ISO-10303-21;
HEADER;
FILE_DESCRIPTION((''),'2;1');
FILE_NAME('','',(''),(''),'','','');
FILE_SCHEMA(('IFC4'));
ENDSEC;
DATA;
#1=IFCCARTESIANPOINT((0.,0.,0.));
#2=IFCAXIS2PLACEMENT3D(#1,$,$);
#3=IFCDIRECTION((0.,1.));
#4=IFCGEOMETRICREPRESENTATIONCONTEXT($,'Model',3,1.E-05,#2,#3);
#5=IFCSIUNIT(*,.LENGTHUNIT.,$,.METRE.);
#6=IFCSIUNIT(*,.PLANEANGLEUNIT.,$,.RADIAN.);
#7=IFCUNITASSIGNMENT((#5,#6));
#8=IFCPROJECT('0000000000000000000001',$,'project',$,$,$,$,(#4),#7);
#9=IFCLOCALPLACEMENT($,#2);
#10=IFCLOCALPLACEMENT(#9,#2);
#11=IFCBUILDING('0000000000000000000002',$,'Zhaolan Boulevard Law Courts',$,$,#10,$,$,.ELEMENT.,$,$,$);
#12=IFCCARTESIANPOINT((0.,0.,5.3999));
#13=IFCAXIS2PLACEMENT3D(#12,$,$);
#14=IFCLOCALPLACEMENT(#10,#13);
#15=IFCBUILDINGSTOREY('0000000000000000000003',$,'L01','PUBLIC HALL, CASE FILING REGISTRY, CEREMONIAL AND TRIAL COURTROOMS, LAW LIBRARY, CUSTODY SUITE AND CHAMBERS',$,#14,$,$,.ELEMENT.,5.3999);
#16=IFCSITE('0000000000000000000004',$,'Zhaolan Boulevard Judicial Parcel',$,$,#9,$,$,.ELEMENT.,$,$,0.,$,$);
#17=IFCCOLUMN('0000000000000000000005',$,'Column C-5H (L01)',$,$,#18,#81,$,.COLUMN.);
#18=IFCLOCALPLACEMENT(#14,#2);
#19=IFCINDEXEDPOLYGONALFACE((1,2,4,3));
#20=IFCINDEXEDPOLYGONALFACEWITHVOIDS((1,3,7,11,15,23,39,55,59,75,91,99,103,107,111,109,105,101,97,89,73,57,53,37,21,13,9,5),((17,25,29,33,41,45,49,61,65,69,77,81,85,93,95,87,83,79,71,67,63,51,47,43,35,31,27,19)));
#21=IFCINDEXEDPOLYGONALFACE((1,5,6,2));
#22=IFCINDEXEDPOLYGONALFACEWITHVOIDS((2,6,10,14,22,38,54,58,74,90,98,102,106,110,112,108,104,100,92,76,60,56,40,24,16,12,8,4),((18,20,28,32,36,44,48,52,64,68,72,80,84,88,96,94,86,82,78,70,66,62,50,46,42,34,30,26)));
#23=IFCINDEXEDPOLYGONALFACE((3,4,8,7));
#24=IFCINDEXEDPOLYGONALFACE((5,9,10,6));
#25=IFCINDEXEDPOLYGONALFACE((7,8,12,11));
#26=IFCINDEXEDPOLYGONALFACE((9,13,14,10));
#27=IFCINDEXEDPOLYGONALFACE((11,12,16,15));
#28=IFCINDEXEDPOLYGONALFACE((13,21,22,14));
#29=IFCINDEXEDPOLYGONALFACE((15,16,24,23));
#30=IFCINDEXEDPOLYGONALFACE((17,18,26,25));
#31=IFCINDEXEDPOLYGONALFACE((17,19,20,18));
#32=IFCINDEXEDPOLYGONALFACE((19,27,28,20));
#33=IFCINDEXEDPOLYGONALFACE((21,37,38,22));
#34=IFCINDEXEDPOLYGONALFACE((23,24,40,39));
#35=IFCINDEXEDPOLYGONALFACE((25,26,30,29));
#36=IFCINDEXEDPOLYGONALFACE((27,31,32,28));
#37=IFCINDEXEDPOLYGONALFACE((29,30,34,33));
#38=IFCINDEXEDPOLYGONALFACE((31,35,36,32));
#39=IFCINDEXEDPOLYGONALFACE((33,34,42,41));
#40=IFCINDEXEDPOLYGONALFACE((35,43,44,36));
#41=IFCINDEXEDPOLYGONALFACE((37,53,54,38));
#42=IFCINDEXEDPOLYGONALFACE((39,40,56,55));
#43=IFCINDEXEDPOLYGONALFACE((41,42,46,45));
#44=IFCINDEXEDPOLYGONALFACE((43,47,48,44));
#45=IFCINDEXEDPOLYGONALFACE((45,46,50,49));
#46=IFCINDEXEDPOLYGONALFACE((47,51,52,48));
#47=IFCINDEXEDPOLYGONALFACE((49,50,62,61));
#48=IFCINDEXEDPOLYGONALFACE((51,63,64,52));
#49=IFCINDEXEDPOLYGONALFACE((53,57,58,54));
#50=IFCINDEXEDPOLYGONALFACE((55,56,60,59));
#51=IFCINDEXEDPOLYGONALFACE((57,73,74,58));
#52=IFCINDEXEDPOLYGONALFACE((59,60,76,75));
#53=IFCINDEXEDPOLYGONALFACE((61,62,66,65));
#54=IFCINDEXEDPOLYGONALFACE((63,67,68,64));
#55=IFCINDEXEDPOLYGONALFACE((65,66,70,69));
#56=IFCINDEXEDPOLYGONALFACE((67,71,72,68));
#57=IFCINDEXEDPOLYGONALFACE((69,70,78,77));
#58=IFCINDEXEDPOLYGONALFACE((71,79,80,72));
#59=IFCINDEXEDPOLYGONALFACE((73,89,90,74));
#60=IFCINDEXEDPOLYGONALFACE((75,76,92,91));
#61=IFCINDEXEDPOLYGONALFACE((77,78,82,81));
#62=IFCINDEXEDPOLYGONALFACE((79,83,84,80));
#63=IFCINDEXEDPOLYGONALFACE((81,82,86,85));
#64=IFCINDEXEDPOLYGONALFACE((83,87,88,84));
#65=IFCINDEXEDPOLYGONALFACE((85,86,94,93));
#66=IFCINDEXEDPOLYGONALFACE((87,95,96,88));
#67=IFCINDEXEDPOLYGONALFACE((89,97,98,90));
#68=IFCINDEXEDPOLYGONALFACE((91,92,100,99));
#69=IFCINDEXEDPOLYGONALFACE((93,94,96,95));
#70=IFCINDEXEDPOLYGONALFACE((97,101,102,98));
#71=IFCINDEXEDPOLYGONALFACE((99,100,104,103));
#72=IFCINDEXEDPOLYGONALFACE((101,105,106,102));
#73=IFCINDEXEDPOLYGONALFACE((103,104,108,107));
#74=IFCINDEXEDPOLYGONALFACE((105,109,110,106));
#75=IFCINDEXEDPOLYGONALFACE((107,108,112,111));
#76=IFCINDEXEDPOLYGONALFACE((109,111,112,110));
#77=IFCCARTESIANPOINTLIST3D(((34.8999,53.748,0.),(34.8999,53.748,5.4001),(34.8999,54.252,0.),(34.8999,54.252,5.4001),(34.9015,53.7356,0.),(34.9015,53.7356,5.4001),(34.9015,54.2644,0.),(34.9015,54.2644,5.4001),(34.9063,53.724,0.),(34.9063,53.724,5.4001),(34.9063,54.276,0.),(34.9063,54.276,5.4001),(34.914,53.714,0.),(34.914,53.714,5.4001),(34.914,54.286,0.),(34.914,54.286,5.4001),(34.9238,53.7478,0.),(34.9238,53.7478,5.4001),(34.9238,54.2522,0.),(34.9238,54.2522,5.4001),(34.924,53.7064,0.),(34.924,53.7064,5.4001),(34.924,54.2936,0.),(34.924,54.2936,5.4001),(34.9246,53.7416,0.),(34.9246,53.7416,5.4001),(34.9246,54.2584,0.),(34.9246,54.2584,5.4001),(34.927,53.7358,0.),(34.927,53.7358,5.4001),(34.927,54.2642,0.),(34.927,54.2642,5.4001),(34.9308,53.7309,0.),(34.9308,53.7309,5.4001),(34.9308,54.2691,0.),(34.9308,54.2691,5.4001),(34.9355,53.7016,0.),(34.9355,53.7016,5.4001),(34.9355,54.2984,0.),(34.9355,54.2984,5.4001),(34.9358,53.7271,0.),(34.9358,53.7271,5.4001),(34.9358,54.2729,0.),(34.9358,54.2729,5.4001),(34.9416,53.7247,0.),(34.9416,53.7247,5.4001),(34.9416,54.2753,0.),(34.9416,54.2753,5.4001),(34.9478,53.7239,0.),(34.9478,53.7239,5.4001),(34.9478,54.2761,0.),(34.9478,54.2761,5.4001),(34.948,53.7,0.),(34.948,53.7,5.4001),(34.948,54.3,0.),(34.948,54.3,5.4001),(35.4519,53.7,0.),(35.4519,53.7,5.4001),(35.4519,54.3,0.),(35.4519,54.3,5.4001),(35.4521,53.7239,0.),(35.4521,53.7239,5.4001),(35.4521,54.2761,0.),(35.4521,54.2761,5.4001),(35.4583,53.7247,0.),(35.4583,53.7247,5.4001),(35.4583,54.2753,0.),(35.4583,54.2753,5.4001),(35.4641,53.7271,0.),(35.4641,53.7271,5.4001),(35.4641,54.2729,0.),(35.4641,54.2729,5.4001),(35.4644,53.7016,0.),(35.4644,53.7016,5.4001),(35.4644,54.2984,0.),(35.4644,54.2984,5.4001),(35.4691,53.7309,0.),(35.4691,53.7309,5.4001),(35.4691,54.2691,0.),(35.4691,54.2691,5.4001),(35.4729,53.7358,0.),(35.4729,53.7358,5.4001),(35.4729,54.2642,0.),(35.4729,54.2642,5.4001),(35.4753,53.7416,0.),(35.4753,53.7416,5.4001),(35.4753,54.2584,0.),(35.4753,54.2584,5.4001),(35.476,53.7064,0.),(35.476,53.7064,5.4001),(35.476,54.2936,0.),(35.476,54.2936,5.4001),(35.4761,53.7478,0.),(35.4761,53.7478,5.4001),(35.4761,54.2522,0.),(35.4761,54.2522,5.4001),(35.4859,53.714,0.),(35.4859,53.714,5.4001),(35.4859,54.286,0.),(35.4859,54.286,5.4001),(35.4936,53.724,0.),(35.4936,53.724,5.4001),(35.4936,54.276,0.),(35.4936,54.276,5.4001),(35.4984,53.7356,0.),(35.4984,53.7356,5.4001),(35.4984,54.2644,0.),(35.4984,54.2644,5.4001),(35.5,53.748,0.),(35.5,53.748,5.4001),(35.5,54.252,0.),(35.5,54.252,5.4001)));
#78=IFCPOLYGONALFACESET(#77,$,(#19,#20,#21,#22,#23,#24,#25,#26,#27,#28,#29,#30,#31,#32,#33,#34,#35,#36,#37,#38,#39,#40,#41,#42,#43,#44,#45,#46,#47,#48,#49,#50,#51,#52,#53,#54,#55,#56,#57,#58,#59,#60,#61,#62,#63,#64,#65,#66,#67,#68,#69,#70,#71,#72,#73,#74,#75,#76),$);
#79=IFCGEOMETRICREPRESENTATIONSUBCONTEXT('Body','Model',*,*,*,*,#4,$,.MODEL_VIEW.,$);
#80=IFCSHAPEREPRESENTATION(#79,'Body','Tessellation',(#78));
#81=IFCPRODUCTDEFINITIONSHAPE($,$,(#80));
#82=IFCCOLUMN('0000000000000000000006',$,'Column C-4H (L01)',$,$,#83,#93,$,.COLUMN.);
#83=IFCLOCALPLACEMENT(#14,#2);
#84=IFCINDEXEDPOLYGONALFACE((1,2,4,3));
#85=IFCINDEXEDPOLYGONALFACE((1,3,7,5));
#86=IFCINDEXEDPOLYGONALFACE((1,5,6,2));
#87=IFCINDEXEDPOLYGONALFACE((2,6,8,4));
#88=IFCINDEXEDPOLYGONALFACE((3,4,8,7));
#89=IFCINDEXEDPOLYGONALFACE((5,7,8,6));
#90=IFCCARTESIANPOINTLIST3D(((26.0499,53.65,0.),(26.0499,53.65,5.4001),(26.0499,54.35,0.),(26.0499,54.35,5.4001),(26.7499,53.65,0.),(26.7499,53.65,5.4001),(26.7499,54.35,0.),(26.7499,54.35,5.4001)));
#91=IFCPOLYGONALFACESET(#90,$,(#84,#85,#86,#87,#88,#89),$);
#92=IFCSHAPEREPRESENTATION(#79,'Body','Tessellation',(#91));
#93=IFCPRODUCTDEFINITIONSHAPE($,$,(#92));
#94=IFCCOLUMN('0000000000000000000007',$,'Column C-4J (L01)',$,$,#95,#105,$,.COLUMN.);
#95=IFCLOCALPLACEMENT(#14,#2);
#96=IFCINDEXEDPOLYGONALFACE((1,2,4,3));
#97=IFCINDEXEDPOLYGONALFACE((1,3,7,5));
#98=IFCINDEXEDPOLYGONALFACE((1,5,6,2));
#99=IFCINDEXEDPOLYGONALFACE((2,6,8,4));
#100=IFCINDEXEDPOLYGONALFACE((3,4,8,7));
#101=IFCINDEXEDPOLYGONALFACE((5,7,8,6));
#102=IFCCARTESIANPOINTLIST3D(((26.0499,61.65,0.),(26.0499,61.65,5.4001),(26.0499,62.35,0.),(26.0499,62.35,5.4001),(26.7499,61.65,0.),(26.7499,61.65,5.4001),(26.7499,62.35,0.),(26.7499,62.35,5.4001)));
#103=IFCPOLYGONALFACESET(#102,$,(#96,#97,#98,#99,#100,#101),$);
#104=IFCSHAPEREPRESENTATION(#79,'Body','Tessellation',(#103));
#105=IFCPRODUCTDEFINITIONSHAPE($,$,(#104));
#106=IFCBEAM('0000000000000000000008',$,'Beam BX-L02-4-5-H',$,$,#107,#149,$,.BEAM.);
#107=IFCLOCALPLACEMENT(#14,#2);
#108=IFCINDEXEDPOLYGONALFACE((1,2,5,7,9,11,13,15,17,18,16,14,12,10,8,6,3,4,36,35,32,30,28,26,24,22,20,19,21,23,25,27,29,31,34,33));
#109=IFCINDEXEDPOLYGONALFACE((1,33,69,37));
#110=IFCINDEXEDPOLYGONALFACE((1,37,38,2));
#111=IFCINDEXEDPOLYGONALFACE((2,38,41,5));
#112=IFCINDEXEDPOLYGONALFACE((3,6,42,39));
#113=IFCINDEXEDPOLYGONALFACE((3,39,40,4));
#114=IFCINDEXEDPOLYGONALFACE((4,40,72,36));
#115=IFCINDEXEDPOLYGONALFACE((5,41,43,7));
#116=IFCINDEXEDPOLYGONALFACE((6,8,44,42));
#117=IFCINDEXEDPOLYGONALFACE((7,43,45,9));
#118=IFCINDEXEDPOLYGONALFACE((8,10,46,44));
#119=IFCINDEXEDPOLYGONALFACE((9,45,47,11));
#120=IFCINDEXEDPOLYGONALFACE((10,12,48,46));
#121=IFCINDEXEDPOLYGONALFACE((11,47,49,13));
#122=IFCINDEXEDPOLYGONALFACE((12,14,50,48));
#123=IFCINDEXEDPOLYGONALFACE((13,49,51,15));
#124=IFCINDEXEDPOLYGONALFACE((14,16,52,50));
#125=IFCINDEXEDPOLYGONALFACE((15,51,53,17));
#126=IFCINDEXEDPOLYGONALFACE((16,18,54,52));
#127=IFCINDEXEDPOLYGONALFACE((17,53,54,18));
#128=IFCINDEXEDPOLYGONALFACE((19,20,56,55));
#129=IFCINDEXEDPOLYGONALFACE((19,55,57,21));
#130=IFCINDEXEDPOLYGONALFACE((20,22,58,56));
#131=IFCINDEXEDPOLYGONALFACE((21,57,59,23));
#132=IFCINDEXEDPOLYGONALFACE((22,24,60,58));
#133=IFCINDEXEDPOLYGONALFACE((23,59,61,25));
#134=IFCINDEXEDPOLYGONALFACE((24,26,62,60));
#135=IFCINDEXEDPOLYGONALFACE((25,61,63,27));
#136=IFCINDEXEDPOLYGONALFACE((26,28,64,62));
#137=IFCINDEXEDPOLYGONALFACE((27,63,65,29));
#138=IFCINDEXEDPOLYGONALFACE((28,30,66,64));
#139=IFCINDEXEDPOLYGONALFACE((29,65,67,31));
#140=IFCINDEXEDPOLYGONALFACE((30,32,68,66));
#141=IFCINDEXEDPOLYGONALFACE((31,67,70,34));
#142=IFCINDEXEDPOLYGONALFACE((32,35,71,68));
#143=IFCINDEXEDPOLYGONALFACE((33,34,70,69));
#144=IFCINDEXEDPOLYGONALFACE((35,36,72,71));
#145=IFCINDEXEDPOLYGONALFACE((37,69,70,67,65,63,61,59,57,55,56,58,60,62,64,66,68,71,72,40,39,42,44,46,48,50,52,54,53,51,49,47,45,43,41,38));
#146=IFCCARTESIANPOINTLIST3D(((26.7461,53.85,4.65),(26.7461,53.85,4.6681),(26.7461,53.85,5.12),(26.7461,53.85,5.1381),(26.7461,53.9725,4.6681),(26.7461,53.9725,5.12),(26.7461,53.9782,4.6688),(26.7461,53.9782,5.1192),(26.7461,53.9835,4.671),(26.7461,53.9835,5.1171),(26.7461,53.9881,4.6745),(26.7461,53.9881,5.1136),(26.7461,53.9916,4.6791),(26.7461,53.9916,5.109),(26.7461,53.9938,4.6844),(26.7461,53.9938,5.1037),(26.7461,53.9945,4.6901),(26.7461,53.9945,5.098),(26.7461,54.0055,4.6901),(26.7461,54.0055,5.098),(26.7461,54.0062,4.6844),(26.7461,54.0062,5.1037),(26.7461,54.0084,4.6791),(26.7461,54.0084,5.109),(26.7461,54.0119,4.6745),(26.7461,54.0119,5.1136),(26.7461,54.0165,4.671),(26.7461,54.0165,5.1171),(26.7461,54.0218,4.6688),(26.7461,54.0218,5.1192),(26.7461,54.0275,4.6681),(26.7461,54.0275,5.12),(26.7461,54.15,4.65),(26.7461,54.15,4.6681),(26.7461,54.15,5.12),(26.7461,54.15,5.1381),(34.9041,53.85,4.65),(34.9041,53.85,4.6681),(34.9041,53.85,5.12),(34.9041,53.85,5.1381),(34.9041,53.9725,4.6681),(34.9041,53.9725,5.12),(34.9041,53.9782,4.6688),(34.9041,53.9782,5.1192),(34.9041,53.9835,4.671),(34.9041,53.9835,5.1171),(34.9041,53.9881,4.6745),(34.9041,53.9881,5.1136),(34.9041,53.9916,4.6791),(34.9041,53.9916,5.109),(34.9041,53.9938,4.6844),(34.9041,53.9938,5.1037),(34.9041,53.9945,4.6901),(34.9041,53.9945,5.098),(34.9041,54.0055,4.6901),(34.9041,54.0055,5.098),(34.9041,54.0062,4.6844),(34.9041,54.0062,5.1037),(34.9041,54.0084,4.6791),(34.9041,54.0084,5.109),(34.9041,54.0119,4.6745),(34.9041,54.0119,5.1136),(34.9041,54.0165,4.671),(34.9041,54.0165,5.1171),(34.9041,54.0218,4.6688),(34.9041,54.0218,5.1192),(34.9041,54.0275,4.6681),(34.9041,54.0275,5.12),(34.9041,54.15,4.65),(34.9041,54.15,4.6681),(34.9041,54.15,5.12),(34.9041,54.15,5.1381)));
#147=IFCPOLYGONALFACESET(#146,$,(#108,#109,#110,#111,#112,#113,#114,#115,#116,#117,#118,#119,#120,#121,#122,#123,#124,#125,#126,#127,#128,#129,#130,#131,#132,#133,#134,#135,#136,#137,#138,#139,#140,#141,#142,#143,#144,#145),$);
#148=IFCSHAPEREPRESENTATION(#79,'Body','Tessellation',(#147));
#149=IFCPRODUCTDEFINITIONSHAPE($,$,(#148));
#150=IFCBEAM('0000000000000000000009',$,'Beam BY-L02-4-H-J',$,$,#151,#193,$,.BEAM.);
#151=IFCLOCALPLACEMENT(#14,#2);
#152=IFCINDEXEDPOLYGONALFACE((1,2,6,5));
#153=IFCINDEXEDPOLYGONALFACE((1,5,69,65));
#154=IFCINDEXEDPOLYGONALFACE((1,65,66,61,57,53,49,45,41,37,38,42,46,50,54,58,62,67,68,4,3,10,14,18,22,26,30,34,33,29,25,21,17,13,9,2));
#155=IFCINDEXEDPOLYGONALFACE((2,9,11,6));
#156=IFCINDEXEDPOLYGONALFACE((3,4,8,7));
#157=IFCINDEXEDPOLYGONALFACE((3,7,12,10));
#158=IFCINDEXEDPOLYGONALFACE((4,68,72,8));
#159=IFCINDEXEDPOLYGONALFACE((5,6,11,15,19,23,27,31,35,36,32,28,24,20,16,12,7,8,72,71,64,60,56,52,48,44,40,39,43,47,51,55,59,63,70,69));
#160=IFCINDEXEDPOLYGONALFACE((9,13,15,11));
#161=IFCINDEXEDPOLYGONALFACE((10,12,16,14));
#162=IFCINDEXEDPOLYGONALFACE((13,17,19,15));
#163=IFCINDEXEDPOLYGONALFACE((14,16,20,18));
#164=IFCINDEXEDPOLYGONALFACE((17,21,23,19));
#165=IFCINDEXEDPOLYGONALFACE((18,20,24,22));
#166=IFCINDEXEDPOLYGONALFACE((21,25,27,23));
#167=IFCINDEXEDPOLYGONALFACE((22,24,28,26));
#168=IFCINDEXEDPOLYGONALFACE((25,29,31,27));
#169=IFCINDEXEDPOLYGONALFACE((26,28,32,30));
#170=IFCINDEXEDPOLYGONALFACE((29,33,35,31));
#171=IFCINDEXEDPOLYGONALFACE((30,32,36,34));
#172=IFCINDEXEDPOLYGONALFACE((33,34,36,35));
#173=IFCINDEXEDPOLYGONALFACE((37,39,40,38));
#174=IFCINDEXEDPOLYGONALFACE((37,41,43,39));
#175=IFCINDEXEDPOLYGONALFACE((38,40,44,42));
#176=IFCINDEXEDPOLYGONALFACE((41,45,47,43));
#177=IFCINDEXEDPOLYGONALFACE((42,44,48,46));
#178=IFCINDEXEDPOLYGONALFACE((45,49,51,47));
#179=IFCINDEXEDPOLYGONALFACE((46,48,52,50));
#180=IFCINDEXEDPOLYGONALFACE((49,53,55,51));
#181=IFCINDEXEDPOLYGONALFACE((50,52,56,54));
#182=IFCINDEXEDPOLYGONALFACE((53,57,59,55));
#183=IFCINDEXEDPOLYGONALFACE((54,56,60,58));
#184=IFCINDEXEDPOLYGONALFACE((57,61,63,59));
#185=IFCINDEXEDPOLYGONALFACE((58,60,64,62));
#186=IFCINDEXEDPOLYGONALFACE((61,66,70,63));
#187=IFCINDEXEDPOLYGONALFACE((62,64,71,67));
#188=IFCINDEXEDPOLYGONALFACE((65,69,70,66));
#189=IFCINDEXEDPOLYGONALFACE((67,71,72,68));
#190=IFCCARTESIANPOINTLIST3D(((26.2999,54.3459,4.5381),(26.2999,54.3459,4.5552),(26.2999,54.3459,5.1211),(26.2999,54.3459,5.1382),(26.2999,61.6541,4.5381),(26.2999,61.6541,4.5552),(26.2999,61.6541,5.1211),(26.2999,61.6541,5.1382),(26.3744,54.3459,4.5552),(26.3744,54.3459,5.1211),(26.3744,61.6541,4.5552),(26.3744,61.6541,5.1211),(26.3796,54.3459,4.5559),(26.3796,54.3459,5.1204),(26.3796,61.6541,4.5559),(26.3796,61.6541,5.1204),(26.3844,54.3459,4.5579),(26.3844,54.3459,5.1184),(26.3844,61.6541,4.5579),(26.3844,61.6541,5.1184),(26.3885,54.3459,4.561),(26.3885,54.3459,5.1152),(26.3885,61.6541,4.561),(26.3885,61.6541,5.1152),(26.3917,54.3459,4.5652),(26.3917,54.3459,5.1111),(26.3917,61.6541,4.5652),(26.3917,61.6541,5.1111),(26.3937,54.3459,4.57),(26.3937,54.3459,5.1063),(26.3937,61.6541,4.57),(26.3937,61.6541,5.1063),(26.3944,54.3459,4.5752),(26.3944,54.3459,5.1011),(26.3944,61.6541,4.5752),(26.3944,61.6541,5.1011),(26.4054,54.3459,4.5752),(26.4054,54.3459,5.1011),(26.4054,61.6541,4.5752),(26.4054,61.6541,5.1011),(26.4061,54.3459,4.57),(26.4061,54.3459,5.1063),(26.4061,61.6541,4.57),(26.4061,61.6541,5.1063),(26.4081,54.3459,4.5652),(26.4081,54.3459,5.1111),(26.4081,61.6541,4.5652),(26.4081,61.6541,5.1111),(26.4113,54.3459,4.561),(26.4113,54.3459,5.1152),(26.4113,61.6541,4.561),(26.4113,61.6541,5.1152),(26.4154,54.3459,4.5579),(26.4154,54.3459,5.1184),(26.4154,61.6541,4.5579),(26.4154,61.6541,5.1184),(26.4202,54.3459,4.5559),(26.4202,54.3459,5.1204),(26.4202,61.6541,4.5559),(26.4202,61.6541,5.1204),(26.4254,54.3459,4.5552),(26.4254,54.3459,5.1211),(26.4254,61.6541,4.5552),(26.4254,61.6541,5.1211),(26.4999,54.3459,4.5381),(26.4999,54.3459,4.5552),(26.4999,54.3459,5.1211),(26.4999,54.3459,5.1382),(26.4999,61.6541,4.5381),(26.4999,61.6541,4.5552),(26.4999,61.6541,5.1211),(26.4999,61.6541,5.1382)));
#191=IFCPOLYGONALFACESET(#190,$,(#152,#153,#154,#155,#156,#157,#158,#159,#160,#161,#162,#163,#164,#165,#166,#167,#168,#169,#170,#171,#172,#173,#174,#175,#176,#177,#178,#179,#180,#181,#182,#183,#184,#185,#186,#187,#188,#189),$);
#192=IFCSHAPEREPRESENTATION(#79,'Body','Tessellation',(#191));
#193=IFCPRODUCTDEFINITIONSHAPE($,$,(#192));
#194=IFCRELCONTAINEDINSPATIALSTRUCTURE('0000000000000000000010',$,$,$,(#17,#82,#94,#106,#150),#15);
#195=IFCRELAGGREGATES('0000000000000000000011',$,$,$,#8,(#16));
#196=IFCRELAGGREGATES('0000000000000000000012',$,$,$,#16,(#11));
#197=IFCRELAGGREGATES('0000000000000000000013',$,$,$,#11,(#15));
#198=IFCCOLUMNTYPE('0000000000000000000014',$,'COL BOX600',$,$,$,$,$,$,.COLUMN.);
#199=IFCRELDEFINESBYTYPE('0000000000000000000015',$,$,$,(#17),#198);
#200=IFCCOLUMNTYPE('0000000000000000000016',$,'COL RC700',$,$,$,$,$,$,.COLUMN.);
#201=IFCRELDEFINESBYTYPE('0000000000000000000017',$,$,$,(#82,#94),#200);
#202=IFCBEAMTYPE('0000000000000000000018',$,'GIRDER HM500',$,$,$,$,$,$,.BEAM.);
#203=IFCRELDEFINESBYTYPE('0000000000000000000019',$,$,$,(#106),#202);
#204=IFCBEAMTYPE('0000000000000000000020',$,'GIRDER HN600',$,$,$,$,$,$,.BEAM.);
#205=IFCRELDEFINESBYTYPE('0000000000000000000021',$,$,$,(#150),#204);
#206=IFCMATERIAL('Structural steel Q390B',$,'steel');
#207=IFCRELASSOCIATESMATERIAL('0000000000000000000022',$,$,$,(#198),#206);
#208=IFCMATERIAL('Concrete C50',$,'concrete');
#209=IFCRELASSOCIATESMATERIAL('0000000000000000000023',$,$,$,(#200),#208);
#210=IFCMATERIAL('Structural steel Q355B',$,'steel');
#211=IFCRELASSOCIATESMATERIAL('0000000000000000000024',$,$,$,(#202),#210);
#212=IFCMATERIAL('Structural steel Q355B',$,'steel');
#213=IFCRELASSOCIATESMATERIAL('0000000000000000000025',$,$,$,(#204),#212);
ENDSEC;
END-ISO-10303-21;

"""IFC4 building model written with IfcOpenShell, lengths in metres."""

from ifc_helpers import new_model, si_unit, direction, frame, origin, origin_2d, place, context, subcontext, project, spatial, rectangle, hollow_rectangle, i_section, extrude, material, material_profile, profile_set, type_object, element, save


model = new_model("IFC4")

# Units and contexts
model_context = context("Model", 3, precision=1e-05, world=origin(), true_north=direction((0.0, 1.0)))
body_context = subcontext(model_context, "Body", "Model", "MODEL_VIEW")
ifc_project = project(units=[si_unit("LENGTHUNIT", "METRE"), si_unit("PLANEANGLEUNIT", "RADIAN")], contexts=[model_context])

# Site, building, storey
site_placement = place(None, origin())
site = spatial("IfcSite", under=ifc_project, at=site_placement, Name="Zhaolan Boulevard Judicial Parcel", CompositionType="ELEMENT", RefElevation=0.0)
building_placement = place(site_placement, origin())
building = spatial("IfcBuilding", under=site, at=building_placement, Name="Zhaolan Boulevard Law Courts", CompositionType="ELEMENT")
storey_placement = place(building_placement, frame((0.0, 0.0, 5.3999)))
storey = spatial("IfcBuildingStorey", under=building, at=storey_placement, Name="L01", Description="PUBLIC HALL, CASE FILING REGISTRY, CEREMONIAL AND TRIAL COURTROOMS, LAW LIBRARY, CUSTODY SUITE AND CHAMBERS", CompositionType="ELEMENT", Elevation=5.3999)

# Columns
ifc_material_1 = material(Name="Structural steel Q390B", Category="steel")
ifc_material_profile_1 = material_profile(ifc_material_1, hollow_rectangle(XDim=0.6001, YDim=0.6001, WallThickness=0.0239, InnerFilletRadius=0.0239, OuterFilletRadius=0.0481, at=origin_2d()), Name="BOX600x600x24")
ifc_profile_set_1 = profile_set([ifc_material_profile_1], Name="Structural steel Q390B")
column_type_1 = type_object("IfcColumnType", Name="COL BOX600", PredefinedType="COLUMN", material=ifc_profile_set_1)
column_placement = place(storey_placement, frame((35.2, 54.0, 0.0), z_axis=(0.0, 0.0, 1.0), x_axis=(1.0, 0.0, 0.0)))
element("IfcColumn", 1, at=column_placement, inside=storey, type_object=column_type_1, Name="Column C-5H (L01)", PredefinedType="COLUMN", context=body_context, shape_type="SweptSolid", body=[
    extrude(hollow_rectangle(XDim=0.6001, YDim=0.6001, WallThickness=0.0239, InnerFilletRadius=0.0239, OuterFilletRadius=0.0481, at=origin_2d()), origin(), (0.0, 0.0, 1.0), 5.4001),
])
ifc_material_2 = material(Name="Concrete C50", Category="concrete")
ifc_material_profile_2 = material_profile(ifc_material_2, rectangle(XDim=0.7, YDim=0.7, at=origin_2d()), Name="RC700x700")
ifc_profile_set_2 = profile_set([ifc_material_profile_2], Name="Concrete C50")
column_type_2 = type_object("IfcColumnType", Name="COL RC700", PredefinedType="COLUMN", material=ifc_profile_set_2)
for number, where, z_axis, x_axis, name in (
    (2, (26.3999, 54.0, 0.0), (0.0, 0.0, 1.0), (1.0, 0.0, 0.0), "Column C-4H (L01)"),
    (3, (26.3999, 62.0, 0.0), (0.0, 0.0, 1.0), (1.0, 0.0, 0.0), "Column C-4J (L01)"),
):
    element("IfcColumn", number, at=place(storey_placement, frame(where, z_axis=z_axis, x_axis=x_axis)), inside=storey, type_object=column_type_2, Name=name, PredefinedType="COLUMN", context=body_context, shape_type="SweptSolid", body=[
        extrude(rectangle(XDim=0.7, YDim=0.7, at=origin_2d()), origin(), (0.0, 0.0, 1.0), 5.4001),
    ])

# Beams
ifc_material_3 = material(Name="Structural steel Q355B", Category="steel")
ifc_material_profile_3 = material_profile(ifc_material_3, i_section(OverallWidth=0.3, OverallDepth=0.488, WebThickness=0.011, FlangeThickness=0.0181, FilletRadius=0.022, at=origin_2d()), Name="HM488x300")
ifc_profile_set_3 = profile_set([ifc_material_profile_3], Name="Structural steel Q355B")
beam_type_1 = type_object("IfcBeamType", Name="GIRDER HM500", PredefinedType="BEAM", material=ifc_profile_set_3)
beam_1_placement = place(storey_placement, frame((26.7461, 54.0, 4.894), z_axis=(1.0, 0.0, 0.0), x_axis=(0.0, 1.0, 0.0)))
element("IfcBeam", 4, at=beam_1_placement, inside=storey, type_object=beam_type_1, Name="Beam BX-L02-4-5-H", PredefinedType="BEAM", context=body_context, shape_type="SweptSolid", body=[
    extrude(i_section(OverallWidth=0.3, OverallDepth=0.488, WebThickness=0.011, FlangeThickness=0.0181, FilletRadius=0.022, at=origin_2d()), origin(), (0.0, 0.0, 1.0), 8.158),
])
ifc_material_4 = material(Name="Structural steel Q355B", Category="steel")
ifc_material_profile_4 = material_profile(ifc_material_4, i_section(OverallWidth=0.2, OverallDepth=0.6001, WebThickness=0.011, FlangeThickness=0.0171, FilletRadius=0.02, at=origin_2d()), Name="HN600x200")
ifc_profile_set_4 = profile_set([ifc_material_profile_4], Name="Structural steel Q355B")
beam_type_2 = type_object("IfcBeamType", Name="GIRDER HN600", PredefinedType="BEAM", material=ifc_profile_set_4)
beam_2_placement = place(storey_placement, frame((26.3999, 54.3459, 4.8381), z_axis=(0.0, 1.0, 0.0), x_axis=(-1.0, 0.0, 0.0)))
element("IfcBeam", 5, at=beam_2_placement, inside=storey, type_object=beam_type_2, Name="Beam BY-L02-4-H-J", PredefinedType="BEAM", context=body_context, shape_type="SweptSolid", body=[
    extrude(i_section(OverallWidth=0.2, OverallDepth=0.6001, WebThickness=0.011, FlangeThickness=0.0171, FilletRadius=0.02, at=origin_2d()), origin(), (0.0, 0.0, 1.0), 7.3081),
])

save(model, "model.ifc")
